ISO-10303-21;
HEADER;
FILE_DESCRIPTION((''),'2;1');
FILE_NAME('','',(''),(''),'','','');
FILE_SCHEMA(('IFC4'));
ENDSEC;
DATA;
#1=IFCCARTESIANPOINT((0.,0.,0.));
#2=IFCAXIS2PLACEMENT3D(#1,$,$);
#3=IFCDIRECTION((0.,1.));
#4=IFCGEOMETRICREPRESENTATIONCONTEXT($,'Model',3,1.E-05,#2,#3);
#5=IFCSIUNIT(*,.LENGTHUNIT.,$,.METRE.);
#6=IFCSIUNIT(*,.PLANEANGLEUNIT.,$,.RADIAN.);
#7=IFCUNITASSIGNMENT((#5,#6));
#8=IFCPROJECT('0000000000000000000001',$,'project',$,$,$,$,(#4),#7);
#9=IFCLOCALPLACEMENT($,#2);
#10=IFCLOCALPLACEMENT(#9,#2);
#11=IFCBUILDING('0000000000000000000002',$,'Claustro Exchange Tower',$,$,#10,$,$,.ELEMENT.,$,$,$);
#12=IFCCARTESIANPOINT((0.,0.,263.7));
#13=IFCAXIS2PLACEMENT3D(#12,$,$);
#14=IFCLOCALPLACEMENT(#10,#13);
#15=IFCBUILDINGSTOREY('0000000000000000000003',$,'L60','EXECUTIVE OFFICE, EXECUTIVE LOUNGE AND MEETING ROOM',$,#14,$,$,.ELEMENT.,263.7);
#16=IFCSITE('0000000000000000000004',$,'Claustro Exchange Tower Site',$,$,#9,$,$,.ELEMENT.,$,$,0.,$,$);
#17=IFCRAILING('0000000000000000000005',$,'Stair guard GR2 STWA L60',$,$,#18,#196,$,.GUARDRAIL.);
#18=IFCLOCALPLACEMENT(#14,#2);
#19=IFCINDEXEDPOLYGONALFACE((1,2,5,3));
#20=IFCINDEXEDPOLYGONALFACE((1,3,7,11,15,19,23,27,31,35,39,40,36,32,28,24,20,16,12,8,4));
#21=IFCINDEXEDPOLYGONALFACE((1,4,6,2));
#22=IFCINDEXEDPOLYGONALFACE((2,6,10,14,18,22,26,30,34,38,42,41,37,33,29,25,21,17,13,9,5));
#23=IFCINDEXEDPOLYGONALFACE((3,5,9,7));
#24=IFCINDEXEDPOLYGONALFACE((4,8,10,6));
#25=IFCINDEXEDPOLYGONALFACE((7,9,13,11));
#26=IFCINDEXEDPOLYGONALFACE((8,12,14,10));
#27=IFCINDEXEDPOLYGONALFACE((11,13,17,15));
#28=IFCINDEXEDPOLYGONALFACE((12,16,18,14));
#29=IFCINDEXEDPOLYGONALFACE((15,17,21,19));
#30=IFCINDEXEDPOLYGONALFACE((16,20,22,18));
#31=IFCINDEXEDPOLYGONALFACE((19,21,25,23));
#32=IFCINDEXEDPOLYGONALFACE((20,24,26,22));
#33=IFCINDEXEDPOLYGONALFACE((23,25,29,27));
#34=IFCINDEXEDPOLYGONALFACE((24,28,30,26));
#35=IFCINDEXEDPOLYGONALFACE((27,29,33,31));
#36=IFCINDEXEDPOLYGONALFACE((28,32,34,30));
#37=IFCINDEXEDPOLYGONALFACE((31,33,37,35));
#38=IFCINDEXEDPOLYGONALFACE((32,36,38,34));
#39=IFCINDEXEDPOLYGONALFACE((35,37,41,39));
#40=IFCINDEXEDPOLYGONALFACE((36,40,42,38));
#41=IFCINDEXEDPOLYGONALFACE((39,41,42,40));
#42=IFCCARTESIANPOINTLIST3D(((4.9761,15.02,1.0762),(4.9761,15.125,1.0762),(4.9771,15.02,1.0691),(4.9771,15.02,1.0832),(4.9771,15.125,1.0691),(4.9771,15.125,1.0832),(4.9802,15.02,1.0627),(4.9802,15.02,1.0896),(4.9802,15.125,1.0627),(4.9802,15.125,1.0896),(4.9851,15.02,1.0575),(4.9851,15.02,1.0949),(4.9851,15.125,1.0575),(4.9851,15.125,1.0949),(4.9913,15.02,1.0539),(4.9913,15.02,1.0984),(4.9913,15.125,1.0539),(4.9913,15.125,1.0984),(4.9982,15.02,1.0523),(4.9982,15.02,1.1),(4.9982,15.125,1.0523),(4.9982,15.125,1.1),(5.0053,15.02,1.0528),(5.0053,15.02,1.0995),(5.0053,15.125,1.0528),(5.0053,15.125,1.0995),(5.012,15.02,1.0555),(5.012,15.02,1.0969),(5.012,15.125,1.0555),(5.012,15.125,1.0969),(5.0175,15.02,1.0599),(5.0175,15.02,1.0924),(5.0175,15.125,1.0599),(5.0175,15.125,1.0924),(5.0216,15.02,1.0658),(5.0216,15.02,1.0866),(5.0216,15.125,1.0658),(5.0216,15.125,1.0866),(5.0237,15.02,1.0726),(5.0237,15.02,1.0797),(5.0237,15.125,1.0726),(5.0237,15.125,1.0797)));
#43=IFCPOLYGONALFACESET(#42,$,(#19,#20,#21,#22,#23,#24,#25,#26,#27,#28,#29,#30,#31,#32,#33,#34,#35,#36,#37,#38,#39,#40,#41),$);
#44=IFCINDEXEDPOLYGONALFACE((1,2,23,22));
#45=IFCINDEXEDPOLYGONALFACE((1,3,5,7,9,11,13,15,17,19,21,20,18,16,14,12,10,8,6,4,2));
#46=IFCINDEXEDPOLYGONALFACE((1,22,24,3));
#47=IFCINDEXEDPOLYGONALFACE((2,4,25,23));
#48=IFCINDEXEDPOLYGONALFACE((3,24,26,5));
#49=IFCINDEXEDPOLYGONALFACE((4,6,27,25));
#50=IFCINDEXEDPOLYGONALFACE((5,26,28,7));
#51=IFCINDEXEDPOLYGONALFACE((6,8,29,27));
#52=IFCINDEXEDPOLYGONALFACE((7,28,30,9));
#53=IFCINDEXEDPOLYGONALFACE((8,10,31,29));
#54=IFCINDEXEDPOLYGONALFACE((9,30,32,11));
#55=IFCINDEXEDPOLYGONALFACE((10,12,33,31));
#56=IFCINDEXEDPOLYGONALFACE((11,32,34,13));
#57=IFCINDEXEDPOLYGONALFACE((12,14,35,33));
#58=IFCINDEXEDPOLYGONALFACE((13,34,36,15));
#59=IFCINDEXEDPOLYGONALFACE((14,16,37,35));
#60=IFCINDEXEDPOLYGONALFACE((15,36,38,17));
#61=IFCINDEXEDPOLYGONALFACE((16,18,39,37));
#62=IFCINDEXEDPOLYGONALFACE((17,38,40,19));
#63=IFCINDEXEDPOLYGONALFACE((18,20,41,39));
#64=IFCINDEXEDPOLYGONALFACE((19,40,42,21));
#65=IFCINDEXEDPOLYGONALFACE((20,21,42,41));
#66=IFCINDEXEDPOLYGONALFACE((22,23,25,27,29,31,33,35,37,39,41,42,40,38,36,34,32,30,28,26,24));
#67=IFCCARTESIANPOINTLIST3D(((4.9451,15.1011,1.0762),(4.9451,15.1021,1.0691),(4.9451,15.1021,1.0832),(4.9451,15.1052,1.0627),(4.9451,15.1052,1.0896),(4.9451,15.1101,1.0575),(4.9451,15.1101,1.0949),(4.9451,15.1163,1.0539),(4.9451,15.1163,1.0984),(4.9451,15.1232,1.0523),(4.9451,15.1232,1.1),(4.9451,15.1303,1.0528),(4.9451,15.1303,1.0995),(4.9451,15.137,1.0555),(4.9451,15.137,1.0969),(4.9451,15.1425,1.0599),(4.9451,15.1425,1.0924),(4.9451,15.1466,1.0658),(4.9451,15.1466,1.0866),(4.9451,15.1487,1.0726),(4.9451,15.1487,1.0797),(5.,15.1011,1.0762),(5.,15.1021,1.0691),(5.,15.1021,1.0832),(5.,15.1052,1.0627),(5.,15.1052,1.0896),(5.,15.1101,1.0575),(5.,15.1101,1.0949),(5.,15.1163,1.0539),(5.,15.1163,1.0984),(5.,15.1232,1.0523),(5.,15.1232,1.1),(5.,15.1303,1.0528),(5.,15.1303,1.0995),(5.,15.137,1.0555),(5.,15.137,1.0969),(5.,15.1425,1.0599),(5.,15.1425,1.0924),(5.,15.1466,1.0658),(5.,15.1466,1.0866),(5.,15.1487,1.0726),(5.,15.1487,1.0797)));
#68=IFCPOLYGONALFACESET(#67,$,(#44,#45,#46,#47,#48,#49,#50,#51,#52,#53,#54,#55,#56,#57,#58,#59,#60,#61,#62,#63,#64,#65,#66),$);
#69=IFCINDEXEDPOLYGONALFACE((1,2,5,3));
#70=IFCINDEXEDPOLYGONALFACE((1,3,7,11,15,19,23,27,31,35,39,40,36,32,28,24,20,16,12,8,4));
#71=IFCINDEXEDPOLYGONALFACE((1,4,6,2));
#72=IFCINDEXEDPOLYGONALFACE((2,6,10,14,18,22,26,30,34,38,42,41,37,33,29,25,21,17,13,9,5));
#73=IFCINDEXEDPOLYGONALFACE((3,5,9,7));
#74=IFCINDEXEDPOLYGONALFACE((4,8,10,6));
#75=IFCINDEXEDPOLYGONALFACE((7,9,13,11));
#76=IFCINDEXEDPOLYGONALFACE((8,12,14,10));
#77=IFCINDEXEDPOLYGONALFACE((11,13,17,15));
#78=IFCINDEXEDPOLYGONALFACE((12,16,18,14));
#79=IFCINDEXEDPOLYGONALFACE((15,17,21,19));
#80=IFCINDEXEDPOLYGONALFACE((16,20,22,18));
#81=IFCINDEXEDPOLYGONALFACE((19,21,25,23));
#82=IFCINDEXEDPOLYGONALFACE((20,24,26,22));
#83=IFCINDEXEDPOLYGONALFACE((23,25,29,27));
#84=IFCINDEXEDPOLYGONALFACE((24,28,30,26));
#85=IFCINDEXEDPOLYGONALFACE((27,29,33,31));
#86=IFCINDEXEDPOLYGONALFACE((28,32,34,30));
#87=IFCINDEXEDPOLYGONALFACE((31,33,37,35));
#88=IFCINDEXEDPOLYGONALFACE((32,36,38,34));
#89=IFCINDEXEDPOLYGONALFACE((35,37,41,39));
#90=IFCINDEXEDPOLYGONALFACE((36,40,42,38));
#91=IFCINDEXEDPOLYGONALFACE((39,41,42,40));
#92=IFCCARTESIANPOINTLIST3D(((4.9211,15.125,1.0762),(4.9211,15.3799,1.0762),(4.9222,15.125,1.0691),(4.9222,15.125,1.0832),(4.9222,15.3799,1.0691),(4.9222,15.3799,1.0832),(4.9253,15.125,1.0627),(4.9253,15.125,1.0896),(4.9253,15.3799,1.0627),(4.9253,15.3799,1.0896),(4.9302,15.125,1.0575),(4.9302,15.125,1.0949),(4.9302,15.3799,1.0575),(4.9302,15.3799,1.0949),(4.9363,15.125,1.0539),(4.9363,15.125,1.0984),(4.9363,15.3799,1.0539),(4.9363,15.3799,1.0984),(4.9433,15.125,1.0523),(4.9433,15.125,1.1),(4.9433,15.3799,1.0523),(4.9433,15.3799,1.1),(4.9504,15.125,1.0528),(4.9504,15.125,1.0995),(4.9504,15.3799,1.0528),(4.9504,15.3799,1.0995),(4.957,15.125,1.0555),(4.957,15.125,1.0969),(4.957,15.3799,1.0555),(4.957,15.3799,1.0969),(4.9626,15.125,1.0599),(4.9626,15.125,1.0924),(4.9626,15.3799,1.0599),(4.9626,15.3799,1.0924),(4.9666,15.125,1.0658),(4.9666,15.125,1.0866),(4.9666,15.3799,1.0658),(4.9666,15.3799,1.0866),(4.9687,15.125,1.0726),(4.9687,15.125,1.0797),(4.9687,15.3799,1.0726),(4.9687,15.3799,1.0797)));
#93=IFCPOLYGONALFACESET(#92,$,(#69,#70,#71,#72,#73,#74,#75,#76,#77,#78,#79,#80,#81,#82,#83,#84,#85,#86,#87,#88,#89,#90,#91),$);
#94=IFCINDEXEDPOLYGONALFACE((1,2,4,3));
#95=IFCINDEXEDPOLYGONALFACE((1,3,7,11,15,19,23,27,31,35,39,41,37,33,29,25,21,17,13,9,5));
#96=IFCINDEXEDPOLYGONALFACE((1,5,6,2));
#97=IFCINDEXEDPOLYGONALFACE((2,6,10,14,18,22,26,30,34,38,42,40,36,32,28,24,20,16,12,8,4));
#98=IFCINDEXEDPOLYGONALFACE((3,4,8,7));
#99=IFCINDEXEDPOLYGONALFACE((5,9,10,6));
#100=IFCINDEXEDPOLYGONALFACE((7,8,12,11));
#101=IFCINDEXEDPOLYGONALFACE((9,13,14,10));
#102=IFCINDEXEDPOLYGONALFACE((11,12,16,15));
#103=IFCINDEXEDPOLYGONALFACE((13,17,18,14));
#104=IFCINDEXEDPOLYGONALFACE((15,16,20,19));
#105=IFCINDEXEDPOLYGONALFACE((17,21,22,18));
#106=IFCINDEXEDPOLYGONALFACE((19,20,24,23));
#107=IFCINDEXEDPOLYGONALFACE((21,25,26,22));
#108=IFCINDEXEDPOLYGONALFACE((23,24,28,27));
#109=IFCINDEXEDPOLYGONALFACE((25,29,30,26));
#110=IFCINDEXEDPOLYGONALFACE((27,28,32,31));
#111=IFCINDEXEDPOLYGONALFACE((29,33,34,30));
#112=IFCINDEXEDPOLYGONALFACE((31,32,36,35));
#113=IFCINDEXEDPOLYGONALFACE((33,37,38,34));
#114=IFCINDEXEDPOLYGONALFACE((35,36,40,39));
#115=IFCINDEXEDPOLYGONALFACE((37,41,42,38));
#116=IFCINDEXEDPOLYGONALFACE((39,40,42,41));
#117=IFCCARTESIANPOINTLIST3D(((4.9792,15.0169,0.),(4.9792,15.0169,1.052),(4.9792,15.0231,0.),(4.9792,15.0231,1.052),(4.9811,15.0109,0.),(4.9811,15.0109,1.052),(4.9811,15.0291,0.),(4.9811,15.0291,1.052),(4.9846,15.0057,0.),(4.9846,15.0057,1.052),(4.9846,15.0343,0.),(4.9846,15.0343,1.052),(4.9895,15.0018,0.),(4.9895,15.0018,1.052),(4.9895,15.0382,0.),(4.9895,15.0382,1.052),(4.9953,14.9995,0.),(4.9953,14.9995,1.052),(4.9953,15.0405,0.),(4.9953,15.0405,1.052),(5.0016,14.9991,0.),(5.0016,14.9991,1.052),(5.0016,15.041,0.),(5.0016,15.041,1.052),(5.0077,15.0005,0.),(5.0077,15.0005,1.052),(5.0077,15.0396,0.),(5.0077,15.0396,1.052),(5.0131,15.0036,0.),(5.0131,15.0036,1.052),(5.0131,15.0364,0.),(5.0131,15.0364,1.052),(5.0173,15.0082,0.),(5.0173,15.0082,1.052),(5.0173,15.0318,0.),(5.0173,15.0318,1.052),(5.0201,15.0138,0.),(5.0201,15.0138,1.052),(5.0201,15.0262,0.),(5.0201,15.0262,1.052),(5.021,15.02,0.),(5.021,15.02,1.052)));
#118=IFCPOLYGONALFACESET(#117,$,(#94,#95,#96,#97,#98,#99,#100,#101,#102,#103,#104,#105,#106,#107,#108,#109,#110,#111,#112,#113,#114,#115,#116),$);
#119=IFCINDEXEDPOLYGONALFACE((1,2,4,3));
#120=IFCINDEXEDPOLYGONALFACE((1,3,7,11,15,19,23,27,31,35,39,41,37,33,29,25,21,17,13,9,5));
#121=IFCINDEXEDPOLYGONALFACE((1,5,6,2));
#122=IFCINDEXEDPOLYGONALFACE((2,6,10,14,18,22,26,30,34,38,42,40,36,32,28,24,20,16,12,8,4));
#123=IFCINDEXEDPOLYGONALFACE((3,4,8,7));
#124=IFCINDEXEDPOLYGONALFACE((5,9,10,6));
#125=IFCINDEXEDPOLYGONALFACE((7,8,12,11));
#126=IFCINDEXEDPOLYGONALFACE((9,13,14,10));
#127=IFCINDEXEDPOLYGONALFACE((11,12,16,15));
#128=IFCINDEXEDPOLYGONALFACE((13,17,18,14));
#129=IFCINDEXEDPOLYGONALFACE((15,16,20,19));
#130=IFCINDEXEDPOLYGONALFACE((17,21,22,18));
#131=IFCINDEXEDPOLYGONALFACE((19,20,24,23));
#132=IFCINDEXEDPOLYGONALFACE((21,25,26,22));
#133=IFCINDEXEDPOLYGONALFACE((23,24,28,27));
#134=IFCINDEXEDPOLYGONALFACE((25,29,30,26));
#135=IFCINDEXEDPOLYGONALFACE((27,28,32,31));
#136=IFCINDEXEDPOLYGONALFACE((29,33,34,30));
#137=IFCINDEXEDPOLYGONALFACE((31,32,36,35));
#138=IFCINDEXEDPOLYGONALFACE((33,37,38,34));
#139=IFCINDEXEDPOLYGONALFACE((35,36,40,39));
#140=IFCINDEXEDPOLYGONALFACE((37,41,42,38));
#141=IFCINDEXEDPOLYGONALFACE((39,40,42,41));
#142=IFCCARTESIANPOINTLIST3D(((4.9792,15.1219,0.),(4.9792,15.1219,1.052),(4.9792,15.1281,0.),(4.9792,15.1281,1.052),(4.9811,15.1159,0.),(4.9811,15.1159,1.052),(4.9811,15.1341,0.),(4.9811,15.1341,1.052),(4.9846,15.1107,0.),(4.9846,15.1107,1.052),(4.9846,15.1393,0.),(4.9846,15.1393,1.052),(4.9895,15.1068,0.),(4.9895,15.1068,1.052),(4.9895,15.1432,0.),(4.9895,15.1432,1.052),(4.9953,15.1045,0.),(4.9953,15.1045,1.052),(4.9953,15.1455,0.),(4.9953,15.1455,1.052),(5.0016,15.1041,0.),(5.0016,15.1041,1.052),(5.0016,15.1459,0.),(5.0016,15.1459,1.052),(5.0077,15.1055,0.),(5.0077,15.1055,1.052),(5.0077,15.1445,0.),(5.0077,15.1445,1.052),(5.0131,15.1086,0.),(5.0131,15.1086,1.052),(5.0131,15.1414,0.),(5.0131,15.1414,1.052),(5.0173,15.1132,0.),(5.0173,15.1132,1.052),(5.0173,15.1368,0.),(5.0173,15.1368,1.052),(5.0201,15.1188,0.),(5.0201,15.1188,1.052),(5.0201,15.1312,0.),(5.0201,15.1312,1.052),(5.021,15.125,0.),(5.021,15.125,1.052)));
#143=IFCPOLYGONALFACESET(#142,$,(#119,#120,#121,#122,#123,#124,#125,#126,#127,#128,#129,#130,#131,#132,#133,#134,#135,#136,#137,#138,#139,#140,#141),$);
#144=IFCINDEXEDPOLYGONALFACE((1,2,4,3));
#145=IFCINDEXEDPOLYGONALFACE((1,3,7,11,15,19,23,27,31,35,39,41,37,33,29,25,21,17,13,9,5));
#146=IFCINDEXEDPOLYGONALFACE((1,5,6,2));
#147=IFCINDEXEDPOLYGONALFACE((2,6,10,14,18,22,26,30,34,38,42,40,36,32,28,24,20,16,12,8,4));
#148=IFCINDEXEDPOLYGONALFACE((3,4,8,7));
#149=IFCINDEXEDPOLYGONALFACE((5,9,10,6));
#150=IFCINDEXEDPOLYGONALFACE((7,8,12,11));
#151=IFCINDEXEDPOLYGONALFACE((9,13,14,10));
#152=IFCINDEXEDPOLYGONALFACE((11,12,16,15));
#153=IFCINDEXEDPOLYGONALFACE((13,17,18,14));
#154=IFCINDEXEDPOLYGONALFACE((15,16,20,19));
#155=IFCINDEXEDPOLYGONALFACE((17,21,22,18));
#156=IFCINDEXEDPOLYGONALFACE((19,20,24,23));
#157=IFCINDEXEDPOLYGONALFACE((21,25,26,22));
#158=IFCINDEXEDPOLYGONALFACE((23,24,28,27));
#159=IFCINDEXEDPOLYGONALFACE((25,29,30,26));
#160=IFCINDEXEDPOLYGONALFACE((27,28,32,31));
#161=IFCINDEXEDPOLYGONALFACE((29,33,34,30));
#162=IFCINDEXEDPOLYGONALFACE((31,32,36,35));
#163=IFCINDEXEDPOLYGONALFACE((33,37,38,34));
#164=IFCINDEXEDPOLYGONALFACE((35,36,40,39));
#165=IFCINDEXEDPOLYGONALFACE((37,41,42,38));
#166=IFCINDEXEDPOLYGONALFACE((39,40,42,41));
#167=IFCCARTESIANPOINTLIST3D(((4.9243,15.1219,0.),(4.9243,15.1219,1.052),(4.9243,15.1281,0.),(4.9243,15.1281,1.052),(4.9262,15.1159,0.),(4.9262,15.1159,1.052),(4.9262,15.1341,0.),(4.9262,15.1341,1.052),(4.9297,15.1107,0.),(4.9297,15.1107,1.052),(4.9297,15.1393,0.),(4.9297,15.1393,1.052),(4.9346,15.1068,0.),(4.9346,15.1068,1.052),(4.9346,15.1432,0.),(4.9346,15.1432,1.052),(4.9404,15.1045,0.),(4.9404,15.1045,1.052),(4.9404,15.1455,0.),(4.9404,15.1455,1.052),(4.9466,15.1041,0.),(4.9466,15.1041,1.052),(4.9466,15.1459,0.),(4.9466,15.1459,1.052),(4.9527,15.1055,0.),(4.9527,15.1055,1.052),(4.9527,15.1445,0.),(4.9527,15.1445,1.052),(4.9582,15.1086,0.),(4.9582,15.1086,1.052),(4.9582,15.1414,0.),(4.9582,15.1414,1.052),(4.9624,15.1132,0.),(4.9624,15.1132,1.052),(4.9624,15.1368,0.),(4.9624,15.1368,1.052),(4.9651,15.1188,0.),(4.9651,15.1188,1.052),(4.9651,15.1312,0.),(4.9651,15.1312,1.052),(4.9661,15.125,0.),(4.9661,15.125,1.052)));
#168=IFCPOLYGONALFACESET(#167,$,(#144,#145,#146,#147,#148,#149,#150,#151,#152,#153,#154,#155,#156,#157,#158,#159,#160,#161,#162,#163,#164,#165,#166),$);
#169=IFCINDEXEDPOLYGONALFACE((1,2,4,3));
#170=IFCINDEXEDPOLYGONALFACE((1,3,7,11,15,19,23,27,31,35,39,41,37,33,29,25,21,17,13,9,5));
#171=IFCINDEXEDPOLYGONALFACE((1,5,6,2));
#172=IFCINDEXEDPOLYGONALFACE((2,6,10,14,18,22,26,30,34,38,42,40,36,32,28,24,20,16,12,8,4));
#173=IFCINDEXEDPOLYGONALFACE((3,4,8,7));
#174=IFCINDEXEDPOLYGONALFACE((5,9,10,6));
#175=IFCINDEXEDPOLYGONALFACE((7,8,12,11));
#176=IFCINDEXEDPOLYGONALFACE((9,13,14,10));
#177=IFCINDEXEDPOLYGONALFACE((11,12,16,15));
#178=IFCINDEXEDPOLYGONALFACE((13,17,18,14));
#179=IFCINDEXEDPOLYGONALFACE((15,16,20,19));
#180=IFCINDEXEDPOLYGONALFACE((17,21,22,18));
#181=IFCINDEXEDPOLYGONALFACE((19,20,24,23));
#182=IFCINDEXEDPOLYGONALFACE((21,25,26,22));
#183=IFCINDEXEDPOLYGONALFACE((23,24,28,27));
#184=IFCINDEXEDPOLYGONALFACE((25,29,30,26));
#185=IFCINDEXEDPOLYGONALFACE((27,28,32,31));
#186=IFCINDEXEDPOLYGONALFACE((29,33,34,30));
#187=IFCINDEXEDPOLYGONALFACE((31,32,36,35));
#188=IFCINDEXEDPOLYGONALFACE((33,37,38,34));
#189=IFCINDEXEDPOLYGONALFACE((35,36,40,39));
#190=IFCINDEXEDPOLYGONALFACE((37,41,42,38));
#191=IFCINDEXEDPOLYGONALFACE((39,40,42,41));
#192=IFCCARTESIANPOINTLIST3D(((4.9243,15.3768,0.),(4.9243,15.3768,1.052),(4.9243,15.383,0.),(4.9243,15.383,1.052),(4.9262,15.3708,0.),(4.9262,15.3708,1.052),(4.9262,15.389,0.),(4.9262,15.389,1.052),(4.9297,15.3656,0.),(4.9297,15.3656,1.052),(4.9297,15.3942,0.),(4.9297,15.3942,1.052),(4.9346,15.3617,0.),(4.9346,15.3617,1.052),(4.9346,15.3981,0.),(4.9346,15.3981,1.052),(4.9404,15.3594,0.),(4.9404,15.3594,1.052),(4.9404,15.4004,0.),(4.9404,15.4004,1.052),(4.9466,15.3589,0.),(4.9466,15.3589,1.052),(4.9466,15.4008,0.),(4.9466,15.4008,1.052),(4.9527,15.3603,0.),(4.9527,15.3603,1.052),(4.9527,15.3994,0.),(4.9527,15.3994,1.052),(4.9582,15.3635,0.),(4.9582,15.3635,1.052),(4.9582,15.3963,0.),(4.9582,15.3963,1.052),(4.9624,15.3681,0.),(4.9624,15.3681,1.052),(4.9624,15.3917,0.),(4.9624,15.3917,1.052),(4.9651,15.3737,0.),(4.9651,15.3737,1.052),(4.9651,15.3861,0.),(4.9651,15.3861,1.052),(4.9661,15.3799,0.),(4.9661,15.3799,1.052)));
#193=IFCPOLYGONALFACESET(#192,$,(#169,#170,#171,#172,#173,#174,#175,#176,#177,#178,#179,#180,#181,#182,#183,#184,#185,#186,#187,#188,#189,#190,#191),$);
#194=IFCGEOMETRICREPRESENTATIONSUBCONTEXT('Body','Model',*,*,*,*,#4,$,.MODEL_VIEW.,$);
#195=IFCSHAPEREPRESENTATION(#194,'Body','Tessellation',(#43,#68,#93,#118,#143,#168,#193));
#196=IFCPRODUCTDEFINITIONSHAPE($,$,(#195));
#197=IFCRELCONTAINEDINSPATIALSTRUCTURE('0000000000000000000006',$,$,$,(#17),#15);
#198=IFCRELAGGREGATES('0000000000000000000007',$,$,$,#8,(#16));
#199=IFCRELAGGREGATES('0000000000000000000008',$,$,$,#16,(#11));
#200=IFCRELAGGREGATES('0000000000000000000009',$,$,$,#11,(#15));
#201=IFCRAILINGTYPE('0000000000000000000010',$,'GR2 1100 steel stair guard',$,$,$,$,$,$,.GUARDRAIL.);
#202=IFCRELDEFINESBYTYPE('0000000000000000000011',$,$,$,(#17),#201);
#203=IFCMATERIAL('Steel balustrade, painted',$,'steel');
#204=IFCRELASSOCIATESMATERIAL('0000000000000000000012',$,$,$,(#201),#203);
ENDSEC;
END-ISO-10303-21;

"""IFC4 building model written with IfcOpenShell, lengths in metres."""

from ifc_helpers import new_model, si_unit, direction, frame, origin, origin_2d, place, context, subcontext, project, spatial, circle, extrude, material, type_object, element, save


model = new_model("IFC4")

# Units and contexts
model_context = context("Model", 3, precision=1e-05, world=origin(), true_north=direction((0.0, 1.0)))
body_context = subcontext(model_context, "Body", "Model", "MODEL_VIEW")
ifc_project = project(units=[si_unit("LENGTHUNIT", "METRE"), si_unit("PLANEANGLEUNIT", "RADIAN")], contexts=[model_context])

# Site, building, storey
site_placement = place(None, origin())
site = spatial("IfcSite", under=ifc_project, at=site_placement, Name="Claustro Exchange Tower Site", CompositionType="ELEMENT", RefElevation=0.0)
building_placement = place(site_placement, origin())
building = spatial("IfcBuilding", under=site, at=building_placement, Name="Claustro Exchange Tower", CompositionType="ELEMENT")
storey_placement = place(building_placement, frame((0.0, 0.0, 263.7)))
storey = spatial("IfcBuildingStorey", under=building, at=storey_placement, Name="L60", Description="EXECUTIVE OFFICE, EXECUTIVE LOUNGE AND MEETING ROOM", CompositionType="ELEMENT", Elevation=263.7)

# Railing
ifc_material_1 = material(Name="Steel balustrade, painted", Category="steel")
railing_type_1 = type_object("IfcRailingType", Name="GR2 1100 steel stair guard", PredefinedType="GUARDRAIL", material=ifc_material_1)
railing_1_placement = place(storey_placement, frame((5.0, 15.02, 0.0)))
element("IfcRailing", 1, at=railing_1_placement, inside=storey, type_object=railing_type_1, Name="Stair guard GR2 STWA L60", PredefinedType="GUARDRAIL", context=body_context, shape_type="SweptSolid", body=[
    extrude(circle(Radius=0.0239, at=origin_2d()), frame((0.0, 0.0, 1.0762), z_axis=(0.0, 1.0, 0.0), x_axis=(-1.0, 0.0, 0.0)), (0.0, 0.0, 1.0), 0.105),
    extrude(circle(Radius=0.0239, at=origin_2d()), frame((0.0, 0.105, 1.0762), z_axis=(-1.0, 0.0, 0.0), x_axis=(0.0, -1.0, 0.0)), (0.0, 0.0, 1.0), 0.0549),
    extrude(circle(Radius=0.0239, at=origin_2d()), frame((-0.0549, 0.105, 1.0762), z_axis=(0.0, 1.0, 0.0), x_axis=(-1.0, 0.0, 0.0)), (0.0, 0.0, 1.0), 0.2549),
    extrude(circle(Radius=0.021, at=origin_2d()), origin(), (0.0, 0.0, 1.0), 1.052),
    extrude(circle(Radius=0.021, at=origin_2d()), frame((0.0, 0.105, 0.0)), (0.0, 0.0, 1.0), 1.052),
    extrude(circle(Radius=0.021, at=origin_2d()), frame((-0.0549, 0.105, 0.0)), (0.0, 0.0, 1.0), 1.052),
    extrude(circle(Radius=0.021, at=origin_2d()), frame((-0.0549, 0.3599, 0.0)), (0.0, 0.0, 1.0), 1.052),
])

save(model, "model.ifc")
